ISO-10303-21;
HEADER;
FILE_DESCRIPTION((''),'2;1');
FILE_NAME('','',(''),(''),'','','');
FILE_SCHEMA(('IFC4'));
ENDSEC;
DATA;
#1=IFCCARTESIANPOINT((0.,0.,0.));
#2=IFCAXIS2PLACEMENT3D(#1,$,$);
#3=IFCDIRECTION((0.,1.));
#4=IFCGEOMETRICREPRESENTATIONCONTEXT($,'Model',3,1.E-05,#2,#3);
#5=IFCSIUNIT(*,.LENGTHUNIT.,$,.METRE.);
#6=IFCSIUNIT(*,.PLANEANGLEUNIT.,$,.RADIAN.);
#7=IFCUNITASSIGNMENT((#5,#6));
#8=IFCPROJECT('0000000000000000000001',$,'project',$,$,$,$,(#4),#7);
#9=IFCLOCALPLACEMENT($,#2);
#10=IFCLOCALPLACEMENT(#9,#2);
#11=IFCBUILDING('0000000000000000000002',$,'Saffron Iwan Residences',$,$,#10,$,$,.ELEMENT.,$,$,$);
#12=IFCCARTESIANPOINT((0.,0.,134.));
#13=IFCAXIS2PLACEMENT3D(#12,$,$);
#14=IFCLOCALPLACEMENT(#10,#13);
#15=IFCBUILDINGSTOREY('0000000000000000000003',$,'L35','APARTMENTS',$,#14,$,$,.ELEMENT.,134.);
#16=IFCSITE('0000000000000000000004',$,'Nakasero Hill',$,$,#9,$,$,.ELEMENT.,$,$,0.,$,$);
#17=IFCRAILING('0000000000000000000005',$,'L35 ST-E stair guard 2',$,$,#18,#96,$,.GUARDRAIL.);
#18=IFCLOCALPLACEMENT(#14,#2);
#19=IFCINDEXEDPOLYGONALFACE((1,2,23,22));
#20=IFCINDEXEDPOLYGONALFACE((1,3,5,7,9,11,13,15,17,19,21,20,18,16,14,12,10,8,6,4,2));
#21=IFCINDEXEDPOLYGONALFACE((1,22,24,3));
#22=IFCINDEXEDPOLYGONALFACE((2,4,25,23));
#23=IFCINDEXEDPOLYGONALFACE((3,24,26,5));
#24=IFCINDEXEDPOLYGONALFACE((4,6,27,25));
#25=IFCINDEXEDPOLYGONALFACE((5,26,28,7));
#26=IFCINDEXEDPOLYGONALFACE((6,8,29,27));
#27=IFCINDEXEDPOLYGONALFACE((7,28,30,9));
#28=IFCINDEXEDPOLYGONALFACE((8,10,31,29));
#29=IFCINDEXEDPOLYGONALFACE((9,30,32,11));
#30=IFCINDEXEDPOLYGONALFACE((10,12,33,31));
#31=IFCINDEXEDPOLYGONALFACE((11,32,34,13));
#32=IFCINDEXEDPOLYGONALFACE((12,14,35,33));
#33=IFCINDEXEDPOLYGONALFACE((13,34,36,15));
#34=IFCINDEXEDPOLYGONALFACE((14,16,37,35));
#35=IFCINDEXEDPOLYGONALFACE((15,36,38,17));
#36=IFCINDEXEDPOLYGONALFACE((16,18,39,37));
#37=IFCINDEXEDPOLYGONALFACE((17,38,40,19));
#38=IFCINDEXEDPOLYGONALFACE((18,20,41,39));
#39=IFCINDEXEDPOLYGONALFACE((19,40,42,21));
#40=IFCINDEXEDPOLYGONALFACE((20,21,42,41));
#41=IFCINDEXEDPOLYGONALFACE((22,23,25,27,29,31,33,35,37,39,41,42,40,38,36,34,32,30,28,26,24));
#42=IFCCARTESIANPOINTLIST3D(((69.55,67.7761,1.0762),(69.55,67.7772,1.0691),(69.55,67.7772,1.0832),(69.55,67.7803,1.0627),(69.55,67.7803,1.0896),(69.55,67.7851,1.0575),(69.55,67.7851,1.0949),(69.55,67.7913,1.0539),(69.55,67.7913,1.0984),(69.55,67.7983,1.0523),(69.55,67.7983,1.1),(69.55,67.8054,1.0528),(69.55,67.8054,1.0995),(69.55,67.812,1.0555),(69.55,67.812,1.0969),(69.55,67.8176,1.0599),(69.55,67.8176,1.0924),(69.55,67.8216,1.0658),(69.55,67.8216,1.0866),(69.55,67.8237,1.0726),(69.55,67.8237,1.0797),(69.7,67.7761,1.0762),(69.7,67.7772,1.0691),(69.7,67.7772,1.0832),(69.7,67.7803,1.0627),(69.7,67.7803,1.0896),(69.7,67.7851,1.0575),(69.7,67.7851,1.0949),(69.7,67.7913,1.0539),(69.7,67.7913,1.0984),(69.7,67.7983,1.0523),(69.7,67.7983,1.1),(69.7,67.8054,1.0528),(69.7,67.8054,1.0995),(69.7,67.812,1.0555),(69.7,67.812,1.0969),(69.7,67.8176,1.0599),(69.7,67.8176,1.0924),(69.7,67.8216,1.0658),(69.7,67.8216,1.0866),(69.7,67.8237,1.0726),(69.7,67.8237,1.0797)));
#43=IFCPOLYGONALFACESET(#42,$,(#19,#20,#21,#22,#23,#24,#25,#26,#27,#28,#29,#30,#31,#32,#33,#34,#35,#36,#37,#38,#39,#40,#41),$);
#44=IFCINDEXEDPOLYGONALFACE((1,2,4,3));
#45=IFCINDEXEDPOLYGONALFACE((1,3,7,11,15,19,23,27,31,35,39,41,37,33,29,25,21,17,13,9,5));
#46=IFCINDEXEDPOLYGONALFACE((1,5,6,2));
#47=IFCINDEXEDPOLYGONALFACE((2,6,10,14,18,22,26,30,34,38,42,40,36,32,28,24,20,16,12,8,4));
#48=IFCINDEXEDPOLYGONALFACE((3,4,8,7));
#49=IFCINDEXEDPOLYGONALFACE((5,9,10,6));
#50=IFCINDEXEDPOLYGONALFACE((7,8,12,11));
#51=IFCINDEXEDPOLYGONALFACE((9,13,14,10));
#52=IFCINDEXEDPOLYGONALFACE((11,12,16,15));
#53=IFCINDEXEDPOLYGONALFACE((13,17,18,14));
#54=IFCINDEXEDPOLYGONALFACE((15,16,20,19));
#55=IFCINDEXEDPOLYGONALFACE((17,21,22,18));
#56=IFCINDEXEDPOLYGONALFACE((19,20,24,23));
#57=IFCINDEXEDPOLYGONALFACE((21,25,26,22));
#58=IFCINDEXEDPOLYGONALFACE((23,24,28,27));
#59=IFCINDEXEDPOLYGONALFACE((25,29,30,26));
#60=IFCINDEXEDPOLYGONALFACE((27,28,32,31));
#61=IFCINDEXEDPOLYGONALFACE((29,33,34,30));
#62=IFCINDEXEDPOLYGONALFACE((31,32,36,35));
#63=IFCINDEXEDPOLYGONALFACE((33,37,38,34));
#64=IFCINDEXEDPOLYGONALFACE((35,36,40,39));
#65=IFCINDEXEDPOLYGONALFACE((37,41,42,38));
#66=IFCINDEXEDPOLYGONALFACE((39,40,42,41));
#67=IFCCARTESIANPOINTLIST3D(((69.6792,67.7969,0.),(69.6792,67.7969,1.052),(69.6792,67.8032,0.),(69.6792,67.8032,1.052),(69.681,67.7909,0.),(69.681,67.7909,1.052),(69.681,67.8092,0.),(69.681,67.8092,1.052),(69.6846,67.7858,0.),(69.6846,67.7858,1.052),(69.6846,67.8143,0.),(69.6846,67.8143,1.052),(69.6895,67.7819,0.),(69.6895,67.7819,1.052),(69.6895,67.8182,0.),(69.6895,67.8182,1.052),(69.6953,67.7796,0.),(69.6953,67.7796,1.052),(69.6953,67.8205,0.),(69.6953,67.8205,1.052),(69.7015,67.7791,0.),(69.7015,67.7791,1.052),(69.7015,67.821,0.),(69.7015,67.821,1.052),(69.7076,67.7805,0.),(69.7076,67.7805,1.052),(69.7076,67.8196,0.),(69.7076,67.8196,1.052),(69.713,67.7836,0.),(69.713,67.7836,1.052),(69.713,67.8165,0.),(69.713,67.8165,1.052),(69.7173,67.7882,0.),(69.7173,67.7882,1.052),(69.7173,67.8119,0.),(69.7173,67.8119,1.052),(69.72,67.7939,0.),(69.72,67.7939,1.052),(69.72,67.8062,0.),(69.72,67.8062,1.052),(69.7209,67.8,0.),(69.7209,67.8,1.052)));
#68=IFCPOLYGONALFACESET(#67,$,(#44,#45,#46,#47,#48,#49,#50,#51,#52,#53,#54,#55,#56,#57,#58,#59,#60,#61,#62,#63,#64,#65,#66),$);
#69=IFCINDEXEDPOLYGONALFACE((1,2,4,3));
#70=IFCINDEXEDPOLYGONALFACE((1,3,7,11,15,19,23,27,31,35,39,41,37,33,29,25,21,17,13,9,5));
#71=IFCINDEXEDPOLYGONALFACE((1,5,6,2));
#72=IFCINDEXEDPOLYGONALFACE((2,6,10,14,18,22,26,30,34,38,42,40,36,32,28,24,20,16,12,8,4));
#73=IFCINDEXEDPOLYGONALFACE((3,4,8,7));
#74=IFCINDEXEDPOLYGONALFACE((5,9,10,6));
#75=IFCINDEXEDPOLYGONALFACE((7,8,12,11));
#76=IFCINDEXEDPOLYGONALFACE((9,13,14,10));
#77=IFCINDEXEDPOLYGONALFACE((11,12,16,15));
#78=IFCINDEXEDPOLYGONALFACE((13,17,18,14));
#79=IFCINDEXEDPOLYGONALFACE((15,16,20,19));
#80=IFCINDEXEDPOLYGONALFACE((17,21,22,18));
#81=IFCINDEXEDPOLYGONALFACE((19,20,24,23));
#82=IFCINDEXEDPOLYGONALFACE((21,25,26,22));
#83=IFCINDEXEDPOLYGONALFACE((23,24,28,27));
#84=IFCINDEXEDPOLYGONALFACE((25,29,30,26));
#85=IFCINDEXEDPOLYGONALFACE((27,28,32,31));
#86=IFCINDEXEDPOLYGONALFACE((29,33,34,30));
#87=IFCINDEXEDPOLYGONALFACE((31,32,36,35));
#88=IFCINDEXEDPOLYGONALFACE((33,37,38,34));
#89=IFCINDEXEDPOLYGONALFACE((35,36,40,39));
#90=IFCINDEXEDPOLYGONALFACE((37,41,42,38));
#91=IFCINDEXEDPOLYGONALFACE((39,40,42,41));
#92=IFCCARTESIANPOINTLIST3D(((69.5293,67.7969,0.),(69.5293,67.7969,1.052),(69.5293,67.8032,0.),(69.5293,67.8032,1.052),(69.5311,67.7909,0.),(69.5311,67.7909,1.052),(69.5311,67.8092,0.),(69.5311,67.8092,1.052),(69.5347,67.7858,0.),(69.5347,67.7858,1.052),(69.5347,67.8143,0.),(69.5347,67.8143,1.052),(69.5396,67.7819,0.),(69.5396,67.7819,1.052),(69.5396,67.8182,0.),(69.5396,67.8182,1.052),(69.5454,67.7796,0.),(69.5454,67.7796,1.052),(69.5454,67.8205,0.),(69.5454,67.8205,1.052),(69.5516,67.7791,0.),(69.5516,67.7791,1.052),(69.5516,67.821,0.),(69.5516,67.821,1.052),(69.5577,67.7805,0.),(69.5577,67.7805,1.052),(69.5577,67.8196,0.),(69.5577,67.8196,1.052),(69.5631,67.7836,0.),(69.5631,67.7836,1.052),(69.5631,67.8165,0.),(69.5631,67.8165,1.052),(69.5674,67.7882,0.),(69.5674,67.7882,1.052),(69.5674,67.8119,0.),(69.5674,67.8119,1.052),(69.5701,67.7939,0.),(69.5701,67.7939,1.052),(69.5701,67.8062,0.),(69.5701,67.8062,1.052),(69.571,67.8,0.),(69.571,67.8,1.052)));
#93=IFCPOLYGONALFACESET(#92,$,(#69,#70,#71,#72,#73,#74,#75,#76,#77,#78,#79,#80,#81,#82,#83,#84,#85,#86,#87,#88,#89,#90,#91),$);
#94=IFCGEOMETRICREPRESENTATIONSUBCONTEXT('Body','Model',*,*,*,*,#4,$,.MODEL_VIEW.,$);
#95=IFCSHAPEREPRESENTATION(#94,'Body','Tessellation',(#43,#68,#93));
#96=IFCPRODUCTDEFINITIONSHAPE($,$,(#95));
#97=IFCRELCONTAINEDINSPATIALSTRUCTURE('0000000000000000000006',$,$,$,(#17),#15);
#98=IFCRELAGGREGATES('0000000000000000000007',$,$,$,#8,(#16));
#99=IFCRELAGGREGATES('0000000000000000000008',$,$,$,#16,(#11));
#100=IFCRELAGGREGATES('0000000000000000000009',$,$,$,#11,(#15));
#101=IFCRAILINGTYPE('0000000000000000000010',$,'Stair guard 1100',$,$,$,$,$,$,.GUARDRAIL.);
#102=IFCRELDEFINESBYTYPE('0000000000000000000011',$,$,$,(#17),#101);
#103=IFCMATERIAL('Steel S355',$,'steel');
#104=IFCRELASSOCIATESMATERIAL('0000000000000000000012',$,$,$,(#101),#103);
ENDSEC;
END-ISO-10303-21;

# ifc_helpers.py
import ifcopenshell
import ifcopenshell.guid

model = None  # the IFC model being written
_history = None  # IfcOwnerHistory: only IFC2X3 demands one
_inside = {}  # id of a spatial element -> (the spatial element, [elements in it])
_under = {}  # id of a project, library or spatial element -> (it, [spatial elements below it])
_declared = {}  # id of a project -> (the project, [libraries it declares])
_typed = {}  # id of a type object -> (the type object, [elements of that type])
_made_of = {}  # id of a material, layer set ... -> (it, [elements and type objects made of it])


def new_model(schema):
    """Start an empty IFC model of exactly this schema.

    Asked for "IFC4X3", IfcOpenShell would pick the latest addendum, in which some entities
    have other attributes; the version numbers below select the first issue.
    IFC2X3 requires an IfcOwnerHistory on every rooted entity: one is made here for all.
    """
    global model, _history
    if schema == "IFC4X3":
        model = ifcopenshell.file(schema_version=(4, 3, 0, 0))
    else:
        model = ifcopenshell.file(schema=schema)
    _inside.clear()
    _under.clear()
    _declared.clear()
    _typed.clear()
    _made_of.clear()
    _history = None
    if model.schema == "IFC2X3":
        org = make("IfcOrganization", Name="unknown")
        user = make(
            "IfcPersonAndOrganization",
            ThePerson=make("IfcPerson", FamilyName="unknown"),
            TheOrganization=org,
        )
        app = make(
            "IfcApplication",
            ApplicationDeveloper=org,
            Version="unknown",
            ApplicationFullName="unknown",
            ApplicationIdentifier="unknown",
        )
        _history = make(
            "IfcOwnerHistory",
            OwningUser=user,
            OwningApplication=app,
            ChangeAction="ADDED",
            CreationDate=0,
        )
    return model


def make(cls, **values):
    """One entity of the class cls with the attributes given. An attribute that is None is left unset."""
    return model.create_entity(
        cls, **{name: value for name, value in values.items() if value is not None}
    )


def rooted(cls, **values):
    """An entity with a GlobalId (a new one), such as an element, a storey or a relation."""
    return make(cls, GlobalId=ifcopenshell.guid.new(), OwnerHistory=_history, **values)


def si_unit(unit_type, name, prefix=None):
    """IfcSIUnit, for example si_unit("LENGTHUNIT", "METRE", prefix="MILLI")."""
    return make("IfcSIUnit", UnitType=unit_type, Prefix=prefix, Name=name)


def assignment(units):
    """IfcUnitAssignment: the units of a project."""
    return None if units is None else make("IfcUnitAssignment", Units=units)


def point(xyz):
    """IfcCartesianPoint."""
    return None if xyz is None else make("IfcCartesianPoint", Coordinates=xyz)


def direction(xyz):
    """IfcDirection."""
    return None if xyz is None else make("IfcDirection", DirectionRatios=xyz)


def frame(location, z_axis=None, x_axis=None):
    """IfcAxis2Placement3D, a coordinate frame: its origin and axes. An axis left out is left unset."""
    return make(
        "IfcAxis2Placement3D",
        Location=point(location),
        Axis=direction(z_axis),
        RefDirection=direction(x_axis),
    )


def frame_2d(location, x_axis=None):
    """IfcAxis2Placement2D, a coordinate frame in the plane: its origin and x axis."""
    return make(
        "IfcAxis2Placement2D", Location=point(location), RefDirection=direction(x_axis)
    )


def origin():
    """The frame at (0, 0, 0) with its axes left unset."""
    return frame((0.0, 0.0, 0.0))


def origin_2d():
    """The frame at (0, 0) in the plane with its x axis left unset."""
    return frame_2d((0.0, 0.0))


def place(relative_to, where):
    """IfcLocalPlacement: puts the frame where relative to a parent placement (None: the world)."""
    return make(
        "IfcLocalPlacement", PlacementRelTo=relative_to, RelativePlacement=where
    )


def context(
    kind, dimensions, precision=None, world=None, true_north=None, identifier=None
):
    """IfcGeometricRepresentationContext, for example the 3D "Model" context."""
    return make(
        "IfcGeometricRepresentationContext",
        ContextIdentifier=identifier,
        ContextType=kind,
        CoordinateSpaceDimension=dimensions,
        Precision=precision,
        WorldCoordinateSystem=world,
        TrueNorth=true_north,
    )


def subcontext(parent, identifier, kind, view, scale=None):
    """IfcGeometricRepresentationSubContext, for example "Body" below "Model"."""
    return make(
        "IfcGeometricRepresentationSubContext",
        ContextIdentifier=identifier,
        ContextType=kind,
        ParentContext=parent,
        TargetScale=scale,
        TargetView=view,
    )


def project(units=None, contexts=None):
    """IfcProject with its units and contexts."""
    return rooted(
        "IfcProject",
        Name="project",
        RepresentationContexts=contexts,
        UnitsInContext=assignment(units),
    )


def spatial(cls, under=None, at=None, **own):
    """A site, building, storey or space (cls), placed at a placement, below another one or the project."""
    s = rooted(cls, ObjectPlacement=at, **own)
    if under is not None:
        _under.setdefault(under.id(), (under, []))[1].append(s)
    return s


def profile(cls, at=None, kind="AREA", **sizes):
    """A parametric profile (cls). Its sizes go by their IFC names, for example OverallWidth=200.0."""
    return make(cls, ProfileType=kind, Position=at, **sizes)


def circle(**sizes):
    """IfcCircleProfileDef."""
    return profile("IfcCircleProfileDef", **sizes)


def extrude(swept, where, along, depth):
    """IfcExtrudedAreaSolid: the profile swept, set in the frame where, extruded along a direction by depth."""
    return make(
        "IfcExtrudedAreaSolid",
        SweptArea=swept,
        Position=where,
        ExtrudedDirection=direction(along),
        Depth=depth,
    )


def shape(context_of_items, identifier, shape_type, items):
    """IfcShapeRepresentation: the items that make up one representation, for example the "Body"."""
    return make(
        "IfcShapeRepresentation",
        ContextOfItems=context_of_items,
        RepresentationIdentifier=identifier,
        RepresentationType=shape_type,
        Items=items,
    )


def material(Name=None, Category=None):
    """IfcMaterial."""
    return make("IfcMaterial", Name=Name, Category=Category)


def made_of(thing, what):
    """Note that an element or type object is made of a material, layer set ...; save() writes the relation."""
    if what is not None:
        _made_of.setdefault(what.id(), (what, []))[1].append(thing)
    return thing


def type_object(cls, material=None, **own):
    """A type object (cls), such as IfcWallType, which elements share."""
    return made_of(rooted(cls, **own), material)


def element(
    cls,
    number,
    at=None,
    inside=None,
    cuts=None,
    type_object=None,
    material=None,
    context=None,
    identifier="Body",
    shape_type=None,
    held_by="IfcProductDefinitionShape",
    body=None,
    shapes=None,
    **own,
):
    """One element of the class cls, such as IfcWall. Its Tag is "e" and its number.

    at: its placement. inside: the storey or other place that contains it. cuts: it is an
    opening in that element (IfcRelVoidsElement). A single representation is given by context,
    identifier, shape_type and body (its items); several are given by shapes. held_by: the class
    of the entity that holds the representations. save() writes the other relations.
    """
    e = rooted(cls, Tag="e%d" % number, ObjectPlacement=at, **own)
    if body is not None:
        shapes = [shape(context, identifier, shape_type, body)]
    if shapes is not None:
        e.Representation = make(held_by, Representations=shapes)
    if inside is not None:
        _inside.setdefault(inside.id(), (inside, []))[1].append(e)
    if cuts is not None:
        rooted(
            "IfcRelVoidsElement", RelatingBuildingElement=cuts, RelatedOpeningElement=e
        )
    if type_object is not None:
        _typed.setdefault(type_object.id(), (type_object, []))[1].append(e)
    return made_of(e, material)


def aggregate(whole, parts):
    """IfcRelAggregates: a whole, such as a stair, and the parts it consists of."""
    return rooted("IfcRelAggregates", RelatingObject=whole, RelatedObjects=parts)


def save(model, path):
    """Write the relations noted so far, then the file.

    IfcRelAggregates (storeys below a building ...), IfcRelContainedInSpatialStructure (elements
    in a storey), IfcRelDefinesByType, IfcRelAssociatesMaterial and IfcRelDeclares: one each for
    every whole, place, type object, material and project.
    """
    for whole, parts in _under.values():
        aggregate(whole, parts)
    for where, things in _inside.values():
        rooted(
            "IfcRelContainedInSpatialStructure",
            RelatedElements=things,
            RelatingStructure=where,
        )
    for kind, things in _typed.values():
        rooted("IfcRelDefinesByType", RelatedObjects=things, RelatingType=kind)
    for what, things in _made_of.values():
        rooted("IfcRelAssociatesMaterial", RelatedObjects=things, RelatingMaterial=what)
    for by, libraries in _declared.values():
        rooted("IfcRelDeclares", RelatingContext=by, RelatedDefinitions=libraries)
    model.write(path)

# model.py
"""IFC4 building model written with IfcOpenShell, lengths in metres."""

from ifc_helpers import new_model, si_unit, direction, frame, origin, origin_2d, place, context, subcontext, project, spatial, circle, extrude, material, type_object, element, save


model = new_model("IFC4")

# Units and contexts
model_context = context("Model", 3, precision=1e-05, world=origin(), true_north=direction((0.0, 1.0)))
body_context = subcontext(model_context, "Body", "Model", "MODEL_VIEW")
ifc_project = project(units=[si_unit("LENGTHUNIT", "METRE"), si_unit("PLANEANGLEUNIT", "RADIAN")], contexts=[model_context])

# Site, building, storey
site_placement = place(None, origin())
site = spatial("IfcSite", under=ifc_project, at=site_placement, Name="Nakasero Hill", CompositionType="ELEMENT", RefElevation=0.0)
building_placement = place(site_placement, origin())
building = spatial("IfcBuilding", under=site, at=building_placement, Name="Saffron Iwan Residences", CompositionType="ELEMENT")
storey_placement = place(building_placement, frame((0.0, 0.0, 134.0)))
storey = spatial("IfcBuildingStorey", under=building, at=storey_placement, Name="L35", Description="APARTMENTS", CompositionType="ELEMENT", Elevation=134.0)

# Railing
ifc_material_1 = material(Name="Steel S355", Category="steel")
railing_type_1 = type_object("IfcRailingType", Name="Stair guard 1100", PredefinedType="GUARDRAIL", material=ifc_material_1)
railing_1_placement = place(storey_placement, frame((69.7, 67.8, 0.0)))
element("IfcRailing", 1, at=railing_1_placement, inside=storey, type_object=railing_type_1, Name="L35 ST-E stair guard 2", PredefinedType="GUARDRAIL", context=body_context, shape_type="SweptSolid", body=[
    extrude(circle(Radius=0.0239, at=origin_2d()), frame((0.0, 0.0, 1.0762), z_axis=(-1.0, 0.0, 0.0), x_axis=(0.0, -1.0, 0.0)), (0.0, 0.0, 1.0), 0.1499),
    extrude(circle(Radius=0.021, at=origin_2d()), origin(), (0.0, 0.0, 1.0), 1.052),
    extrude(circle(Radius=0.021, at=origin_2d()), frame((-0.1499, 0.0, 0.0)), (0.0, 0.0, 1.0), 1.052),
])

save(model, "model.ifc")
